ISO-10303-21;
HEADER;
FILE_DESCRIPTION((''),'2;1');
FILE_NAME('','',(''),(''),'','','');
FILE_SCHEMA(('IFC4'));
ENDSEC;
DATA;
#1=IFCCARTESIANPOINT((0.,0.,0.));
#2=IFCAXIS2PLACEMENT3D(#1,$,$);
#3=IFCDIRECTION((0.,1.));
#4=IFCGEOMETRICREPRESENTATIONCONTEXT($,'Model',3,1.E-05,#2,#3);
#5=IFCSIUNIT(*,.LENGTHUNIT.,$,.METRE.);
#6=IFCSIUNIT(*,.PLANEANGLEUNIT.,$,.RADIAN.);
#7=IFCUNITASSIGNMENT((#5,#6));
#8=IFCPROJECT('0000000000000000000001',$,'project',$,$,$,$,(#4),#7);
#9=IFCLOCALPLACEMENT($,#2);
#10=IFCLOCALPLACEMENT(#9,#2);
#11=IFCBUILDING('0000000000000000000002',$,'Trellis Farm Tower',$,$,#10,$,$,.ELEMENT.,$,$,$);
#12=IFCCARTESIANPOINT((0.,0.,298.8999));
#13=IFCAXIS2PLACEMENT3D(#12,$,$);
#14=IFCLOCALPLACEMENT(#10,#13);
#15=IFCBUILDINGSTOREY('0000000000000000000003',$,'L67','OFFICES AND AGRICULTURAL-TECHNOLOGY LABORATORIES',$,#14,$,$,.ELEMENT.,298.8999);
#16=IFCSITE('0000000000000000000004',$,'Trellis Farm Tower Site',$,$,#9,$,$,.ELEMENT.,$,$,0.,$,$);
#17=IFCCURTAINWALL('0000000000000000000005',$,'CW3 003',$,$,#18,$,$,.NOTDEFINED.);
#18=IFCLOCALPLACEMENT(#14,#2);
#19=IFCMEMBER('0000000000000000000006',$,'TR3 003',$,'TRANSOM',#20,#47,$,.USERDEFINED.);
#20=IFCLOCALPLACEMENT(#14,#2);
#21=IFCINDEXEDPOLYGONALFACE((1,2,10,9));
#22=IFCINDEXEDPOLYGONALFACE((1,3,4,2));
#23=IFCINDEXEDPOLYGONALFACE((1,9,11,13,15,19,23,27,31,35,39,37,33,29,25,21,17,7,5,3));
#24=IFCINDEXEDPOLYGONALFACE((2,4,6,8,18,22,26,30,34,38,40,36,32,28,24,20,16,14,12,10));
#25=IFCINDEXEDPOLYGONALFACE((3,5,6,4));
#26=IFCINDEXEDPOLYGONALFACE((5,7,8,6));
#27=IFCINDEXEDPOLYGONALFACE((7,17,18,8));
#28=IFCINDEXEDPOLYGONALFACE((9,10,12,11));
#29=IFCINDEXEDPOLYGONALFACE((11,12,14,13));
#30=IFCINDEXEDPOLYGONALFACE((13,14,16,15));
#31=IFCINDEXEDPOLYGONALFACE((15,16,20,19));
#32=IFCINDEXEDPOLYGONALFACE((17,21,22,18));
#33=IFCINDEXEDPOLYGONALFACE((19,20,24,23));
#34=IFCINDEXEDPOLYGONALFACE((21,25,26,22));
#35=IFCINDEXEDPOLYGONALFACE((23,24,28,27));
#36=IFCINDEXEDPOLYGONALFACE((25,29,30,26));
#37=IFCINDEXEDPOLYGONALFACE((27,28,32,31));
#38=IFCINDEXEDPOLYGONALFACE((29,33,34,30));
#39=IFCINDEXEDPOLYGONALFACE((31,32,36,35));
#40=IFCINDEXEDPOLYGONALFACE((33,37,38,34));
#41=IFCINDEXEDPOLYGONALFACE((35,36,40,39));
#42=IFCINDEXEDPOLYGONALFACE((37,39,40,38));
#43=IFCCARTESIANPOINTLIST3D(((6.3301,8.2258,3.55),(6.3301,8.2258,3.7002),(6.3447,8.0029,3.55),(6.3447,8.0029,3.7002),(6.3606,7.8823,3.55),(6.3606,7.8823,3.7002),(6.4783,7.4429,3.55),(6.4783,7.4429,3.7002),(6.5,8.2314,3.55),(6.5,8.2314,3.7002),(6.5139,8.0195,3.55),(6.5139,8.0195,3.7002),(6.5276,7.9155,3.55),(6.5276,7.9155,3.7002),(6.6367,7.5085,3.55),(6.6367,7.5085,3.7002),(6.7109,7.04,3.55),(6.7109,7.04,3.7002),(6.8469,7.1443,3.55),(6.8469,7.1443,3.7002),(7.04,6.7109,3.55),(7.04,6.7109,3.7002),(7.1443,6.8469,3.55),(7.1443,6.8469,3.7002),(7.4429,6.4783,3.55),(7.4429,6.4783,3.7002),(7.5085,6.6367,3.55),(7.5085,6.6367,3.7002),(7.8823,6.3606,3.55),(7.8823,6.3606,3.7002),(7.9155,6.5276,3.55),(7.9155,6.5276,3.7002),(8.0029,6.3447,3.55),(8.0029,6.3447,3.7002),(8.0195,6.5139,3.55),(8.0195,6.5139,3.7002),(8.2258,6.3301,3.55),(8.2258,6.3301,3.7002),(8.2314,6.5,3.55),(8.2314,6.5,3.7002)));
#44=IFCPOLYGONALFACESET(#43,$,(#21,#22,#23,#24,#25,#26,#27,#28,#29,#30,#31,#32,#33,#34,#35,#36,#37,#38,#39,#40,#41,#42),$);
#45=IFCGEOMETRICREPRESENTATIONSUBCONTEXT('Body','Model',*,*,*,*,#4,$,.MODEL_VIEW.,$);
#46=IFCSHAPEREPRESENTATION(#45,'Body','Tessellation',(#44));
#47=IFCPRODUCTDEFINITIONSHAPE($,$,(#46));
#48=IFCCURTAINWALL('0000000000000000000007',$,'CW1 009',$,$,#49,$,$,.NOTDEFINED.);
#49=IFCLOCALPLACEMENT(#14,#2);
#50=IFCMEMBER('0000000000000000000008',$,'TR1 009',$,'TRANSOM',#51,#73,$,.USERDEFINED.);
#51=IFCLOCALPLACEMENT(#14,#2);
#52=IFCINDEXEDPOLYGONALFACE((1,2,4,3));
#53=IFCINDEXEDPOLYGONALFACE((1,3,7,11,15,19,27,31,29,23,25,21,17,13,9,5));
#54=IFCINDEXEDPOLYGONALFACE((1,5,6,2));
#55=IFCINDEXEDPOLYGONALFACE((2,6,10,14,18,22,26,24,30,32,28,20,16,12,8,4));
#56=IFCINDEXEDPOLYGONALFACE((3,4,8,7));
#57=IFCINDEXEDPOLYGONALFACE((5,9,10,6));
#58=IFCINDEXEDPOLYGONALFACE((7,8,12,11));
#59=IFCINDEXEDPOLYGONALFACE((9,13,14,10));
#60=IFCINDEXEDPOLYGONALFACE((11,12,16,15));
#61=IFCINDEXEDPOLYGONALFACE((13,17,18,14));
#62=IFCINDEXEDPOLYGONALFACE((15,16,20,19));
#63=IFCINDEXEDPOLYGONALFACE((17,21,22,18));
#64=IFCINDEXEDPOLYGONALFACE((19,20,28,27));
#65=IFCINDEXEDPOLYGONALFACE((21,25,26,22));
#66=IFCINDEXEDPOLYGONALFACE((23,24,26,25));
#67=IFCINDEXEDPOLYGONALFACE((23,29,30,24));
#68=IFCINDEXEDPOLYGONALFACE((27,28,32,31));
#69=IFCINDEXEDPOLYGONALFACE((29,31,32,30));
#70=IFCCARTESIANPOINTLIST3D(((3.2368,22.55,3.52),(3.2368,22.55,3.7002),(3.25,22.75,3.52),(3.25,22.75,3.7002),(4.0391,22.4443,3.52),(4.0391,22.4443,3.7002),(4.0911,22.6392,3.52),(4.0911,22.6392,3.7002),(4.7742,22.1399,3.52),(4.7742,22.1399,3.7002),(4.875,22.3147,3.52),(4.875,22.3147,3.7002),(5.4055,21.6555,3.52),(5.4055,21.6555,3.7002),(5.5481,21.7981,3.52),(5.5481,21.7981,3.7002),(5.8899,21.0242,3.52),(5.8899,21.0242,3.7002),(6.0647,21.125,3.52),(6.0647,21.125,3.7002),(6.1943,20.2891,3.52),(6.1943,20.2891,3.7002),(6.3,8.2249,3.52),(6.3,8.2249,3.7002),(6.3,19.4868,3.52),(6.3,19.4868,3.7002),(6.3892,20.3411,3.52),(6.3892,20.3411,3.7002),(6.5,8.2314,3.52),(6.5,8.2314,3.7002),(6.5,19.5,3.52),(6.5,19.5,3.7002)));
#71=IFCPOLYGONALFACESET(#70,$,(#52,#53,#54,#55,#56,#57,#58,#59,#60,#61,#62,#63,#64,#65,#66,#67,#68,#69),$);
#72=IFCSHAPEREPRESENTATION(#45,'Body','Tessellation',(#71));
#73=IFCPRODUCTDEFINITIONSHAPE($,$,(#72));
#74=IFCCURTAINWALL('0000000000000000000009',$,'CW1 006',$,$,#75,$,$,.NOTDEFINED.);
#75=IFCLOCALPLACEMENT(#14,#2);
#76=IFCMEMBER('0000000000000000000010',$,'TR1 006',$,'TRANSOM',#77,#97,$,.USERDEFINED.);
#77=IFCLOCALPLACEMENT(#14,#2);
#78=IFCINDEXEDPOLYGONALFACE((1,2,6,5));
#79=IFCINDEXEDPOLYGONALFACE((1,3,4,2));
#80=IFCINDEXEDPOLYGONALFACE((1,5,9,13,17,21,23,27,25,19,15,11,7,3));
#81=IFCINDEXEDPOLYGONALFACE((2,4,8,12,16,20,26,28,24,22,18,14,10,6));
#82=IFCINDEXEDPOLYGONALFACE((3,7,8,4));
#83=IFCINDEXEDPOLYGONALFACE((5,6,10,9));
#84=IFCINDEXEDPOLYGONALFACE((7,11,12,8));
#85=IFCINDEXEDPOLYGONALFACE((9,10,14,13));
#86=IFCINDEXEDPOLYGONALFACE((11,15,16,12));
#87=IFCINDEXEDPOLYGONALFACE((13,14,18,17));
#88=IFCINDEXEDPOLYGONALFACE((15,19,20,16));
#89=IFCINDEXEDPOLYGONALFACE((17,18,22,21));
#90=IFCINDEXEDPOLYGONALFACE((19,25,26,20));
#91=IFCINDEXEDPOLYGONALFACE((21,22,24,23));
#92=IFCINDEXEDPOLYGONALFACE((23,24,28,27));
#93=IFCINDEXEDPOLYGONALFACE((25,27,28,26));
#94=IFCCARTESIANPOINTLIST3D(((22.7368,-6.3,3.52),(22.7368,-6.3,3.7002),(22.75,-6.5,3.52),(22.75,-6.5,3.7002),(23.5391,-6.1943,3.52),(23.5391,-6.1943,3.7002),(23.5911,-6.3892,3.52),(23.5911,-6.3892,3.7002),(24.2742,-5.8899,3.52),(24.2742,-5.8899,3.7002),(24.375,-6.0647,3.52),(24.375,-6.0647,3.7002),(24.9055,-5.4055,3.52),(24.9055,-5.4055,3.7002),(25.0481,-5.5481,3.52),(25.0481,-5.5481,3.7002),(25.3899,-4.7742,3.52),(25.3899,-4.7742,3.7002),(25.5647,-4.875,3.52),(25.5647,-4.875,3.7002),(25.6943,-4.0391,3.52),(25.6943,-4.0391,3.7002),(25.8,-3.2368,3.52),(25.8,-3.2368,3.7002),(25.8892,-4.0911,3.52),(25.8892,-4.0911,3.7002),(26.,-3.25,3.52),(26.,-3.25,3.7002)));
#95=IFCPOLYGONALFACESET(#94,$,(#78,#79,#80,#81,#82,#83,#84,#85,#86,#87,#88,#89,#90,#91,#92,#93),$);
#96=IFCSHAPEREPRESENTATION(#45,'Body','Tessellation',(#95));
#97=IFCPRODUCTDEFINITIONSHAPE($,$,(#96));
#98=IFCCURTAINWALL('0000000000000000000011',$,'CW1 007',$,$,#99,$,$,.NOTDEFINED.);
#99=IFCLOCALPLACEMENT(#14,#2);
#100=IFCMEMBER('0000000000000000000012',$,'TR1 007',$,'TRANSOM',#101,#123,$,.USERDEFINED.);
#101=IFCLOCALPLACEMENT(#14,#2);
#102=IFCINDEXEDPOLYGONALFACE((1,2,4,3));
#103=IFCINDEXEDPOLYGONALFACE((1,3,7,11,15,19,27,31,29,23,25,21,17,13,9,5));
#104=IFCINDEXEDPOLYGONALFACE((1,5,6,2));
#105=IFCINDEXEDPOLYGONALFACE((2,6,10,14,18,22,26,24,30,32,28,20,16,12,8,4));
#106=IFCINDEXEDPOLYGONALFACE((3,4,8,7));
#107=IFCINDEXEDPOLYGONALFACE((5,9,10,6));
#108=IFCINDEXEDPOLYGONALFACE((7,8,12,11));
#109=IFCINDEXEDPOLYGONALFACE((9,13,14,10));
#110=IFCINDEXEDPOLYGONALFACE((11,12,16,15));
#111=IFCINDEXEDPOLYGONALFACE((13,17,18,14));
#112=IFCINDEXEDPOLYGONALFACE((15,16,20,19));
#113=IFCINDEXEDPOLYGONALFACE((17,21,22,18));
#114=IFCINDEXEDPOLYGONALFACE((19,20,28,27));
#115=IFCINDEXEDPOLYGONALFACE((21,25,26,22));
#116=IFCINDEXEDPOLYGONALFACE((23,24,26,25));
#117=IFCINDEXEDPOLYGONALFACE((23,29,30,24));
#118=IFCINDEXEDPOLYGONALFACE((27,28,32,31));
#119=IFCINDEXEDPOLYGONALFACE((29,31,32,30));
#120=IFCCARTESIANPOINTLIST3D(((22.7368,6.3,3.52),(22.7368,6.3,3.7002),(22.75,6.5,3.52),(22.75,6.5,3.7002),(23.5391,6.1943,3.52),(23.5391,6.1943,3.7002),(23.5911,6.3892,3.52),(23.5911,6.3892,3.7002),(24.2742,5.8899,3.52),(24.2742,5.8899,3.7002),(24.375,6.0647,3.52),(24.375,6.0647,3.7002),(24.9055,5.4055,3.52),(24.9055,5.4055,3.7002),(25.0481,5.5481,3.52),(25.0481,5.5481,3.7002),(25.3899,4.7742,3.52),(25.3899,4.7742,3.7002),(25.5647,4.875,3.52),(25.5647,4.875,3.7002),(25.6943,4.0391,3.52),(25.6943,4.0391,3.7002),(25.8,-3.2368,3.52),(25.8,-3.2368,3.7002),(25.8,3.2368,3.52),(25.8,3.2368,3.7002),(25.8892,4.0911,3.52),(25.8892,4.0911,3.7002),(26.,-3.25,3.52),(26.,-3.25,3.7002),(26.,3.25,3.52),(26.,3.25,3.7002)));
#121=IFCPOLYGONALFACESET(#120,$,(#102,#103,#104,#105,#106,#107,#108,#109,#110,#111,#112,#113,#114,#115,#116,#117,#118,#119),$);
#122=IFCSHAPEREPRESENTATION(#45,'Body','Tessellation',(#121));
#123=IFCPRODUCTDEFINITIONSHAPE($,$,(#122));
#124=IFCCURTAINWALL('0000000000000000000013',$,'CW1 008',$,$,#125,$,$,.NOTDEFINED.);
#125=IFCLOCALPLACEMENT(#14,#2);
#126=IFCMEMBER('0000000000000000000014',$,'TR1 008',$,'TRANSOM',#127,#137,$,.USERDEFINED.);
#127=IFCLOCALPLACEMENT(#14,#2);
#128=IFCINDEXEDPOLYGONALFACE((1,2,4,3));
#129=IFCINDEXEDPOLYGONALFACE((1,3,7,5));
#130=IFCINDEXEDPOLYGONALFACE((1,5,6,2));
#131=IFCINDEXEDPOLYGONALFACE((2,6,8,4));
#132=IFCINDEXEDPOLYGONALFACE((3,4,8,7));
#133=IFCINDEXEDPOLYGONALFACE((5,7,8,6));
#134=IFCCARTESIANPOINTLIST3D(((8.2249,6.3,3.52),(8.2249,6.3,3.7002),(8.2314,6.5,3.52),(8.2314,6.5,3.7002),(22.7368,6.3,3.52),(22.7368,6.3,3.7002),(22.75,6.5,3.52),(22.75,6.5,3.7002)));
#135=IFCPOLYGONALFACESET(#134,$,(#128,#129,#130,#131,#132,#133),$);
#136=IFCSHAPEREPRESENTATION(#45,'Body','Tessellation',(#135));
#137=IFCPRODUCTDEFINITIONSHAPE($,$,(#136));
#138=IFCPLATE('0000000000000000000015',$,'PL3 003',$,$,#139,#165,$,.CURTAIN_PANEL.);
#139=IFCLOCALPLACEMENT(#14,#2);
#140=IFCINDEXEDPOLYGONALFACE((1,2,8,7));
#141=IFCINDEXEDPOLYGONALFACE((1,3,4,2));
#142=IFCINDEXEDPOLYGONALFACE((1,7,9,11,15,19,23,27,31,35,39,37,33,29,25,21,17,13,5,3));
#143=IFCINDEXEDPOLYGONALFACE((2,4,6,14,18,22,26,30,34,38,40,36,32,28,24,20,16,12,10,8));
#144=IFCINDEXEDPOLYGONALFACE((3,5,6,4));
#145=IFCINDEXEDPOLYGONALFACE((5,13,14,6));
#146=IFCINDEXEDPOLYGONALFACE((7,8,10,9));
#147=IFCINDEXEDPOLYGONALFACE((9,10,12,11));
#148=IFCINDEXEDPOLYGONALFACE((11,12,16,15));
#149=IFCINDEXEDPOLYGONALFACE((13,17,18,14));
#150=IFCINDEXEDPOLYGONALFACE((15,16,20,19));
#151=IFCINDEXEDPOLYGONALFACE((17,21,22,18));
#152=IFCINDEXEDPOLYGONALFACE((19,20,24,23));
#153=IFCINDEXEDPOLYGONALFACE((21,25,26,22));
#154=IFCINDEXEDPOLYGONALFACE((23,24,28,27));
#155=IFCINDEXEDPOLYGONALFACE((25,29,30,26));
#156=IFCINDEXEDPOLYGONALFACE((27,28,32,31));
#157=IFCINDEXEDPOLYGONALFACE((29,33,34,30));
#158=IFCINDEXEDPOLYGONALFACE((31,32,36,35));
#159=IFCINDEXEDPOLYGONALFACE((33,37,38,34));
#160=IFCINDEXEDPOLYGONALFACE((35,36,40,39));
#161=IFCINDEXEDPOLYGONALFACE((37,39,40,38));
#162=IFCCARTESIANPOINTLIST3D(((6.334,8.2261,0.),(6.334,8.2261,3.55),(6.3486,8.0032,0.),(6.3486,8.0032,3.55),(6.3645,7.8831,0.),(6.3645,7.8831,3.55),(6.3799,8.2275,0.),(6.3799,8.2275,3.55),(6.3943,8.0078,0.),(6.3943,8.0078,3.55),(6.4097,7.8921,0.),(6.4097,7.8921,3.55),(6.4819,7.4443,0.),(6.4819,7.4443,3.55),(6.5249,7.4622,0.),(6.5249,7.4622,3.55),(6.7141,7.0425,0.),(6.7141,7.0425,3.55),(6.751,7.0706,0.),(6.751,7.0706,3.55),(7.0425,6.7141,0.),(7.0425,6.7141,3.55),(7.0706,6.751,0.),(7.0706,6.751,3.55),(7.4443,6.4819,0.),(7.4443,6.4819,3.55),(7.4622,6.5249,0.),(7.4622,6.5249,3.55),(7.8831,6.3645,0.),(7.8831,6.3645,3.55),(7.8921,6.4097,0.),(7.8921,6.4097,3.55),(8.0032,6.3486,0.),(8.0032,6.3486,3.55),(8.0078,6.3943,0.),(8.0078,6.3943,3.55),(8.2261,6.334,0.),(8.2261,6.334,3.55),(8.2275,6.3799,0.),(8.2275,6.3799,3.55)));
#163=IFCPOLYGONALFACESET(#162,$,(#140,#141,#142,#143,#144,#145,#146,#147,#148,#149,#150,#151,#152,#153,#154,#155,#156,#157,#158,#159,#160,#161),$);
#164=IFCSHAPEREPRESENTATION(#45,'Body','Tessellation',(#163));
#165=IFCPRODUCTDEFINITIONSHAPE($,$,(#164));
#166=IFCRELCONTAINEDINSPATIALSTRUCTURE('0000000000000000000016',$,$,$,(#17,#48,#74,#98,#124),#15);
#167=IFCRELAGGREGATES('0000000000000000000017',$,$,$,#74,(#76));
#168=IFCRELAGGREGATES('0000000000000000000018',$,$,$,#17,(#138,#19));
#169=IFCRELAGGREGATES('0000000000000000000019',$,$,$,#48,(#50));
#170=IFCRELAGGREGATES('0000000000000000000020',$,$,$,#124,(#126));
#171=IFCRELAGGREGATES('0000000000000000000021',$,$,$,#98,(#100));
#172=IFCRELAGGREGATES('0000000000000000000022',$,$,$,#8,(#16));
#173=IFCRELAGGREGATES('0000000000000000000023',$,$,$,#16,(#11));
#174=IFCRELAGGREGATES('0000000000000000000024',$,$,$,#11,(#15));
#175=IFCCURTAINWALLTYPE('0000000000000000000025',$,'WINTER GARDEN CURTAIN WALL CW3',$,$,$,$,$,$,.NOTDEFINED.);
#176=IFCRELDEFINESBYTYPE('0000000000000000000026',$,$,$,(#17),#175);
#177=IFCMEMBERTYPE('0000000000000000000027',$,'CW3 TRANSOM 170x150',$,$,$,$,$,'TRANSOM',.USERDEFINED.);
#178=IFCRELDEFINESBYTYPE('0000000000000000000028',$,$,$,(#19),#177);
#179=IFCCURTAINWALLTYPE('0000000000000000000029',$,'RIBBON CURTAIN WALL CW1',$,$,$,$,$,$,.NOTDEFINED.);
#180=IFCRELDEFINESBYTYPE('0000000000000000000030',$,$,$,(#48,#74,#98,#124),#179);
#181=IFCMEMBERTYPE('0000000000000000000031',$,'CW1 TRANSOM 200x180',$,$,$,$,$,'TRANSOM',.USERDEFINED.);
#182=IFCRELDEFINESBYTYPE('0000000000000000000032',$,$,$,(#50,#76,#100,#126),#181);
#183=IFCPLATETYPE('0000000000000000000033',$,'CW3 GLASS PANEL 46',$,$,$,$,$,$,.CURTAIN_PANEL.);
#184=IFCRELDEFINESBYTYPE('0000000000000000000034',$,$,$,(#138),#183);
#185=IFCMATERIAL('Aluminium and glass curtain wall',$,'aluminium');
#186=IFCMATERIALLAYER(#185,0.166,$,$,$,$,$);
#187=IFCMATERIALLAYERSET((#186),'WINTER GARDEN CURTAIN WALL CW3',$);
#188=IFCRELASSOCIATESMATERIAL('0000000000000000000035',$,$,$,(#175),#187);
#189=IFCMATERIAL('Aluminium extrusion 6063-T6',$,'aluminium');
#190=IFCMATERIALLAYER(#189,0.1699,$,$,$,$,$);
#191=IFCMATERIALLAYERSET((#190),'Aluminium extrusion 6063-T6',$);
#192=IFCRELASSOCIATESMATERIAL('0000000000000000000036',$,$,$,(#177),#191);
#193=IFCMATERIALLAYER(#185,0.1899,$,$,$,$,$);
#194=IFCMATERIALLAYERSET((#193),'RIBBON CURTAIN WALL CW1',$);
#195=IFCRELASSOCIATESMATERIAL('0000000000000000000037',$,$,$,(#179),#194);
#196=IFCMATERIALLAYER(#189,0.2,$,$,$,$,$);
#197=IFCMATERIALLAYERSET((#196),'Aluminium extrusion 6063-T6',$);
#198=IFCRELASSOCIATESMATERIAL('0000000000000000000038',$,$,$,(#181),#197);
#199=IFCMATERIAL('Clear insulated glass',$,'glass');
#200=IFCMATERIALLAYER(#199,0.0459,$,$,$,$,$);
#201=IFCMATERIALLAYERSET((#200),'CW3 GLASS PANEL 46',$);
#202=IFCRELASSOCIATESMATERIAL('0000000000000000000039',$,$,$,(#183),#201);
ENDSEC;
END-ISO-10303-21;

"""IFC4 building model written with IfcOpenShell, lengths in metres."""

from ifc_helpers import new_model, si_unit, direction, frame, origin, place, context, subcontext, project, spatial, polyline, outline, extrude, source, transform, mapped, material, layer, layer_set, type_object, element, aggregate, save


model = new_model("IFC4")

# Units and contexts
model_context = context("Model", 3, precision=1e-05, world=origin(), true_north=direction((0.0, 1.0)))
body_context = subcontext(model_context, "Body", "Model", "MODEL_VIEW")
ifc_project = project(units=[si_unit("LENGTHUNIT", "METRE"), si_unit("PLANEANGLEUNIT", "RADIAN")], contexts=[model_context])

# Site, building, storey
site_placement = place(None, origin())
site = spatial("IfcSite", under=ifc_project, at=site_placement, Name="Trellis Farm Tower Site", CompositionType="ELEMENT", RefElevation=0.0)
building_placement = place(site_placement, origin())
building = spatial("IfcBuilding", under=site, at=building_placement, Name="Trellis Farm Tower", CompositionType="ELEMENT")
storey_placement = place(building_placement, frame((0.0, 0.0, 298.8999)))
storey = spatial("IfcBuildingStorey", under=building, at=storey_placement, Name="L67", Description="OFFICES AND AGRICULTURAL-TECHNOLOGY LABORATORIES", CompositionType="ELEMENT", Elevation=298.8999)

# Curtain walls, members
ifc_material_1 = material(Name="Aluminium and glass curtain wall", Category="aluminium")
ifc_layer_1 = layer(ifc_material_1, 0.166)
ifc_layer_set_1 = layer_set([ifc_layer_1], Name="WINTER GARDEN CURTAIN WALL CW3")
curtain_wall_type_1 = type_object("IfcCurtainWallType", Name="WINTER GARDEN CURTAIN WALL CW3", PredefinedType="NOTDEFINED", material=ifc_layer_set_1)
placement_1 = place(storey_placement, origin())
curtain_wall_1 = element("IfcCurtainWall", 1, at=placement_1, inside=storey, type_object=curtain_wall_type_1, Name="CW3 003", PredefinedType="NOTDEFINED")
ifc_material_2 = material(Name="Aluminium extrusion 6063-T6", Category="aluminium")
ifc_layer_2 = layer(ifc_material_2, 0.1699)
ifc_layer_set_2 = layer_set([ifc_layer_2], Name="Aluminium extrusion 6063-T6")
member_type_1 = type_object("IfcMemberType", Name="CW3 TRANSOM 170x150", ElementType="TRANSOM", PredefinedType="USERDEFINED", material=ifc_layer_set_2)
shared_shape_1 = source(origin(), body_context, "Body", "SweptSolid", [
    extrude(outline(polyline([(8.2314, 6.5), (8.0195, 6.5139), (7.9155, 6.5276), (7.5085, 6.6367), (7.1443, 6.8469), (6.8469, 7.1443), (6.6367, 7.5085), (6.5276, 7.9155), (6.5139, 8.0195), (6.5, 8.2314), (6.3301, 8.2258), (6.3447, 8.0029), (6.3606, 7.8823), (6.4783, 7.4429), (6.7109, 7.04), (7.04, 6.7109), (7.4429, 6.4783), (7.8823, 6.3606), (8.0029, 6.3447), (8.2258, 6.3301), (8.2314, 6.5)])), origin(), (0.0, 0.0, 1.0), 0.1501),
])
member_1_placement = place(storey_placement, frame((0.0, 0.0, 3.55)))
member_1 = element("IfcMember", 2, at=member_1_placement, type_object=member_type_1, Name="TR3 003", ObjectType="TRANSOM", PredefinedType="USERDEFINED", context=body_context, shape_type="MappedRepresentation", body=[
    mapped(shared_shape_1, transform((0.0, 0.0, 0.0))),
])
ifc_layer_3 = layer(ifc_material_1, 0.1899)
ifc_layer_set_3 = layer_set([ifc_layer_3], Name="RIBBON CURTAIN WALL CW1")
curtain_wall_type_2 = type_object("IfcCurtainWallType", Name="RIBBON CURTAIN WALL CW1", PredefinedType="NOTDEFINED", material=ifc_layer_set_3)
curtain_wall_2 = element("IfcCurtainWall", 3, at=placement_1, inside=storey, type_object=curtain_wall_type_2, Name="CW1 009", PredefinedType="NOTDEFINED")
ifc_layer_4 = layer(ifc_material_2, 0.2)
ifc_layer_set_4 = layer_set([ifc_layer_4], Name="Aluminium extrusion 6063-T6")
member_type_2 = type_object("IfcMemberType", Name="CW1 TRANSOM 200x180", ElementType="TRANSOM", PredefinedType="USERDEFINED", material=ifc_layer_set_4)
shared_shape_2 = source(origin(), body_context, "Body", "SweptSolid", [
    extrude(outline(polyline([(6.5, 8.2314), (6.5, 19.5), (6.3892, 20.3411), (6.0647, 21.125), (5.5481, 21.7981), (4.875, 22.3147), (4.0911, 22.6392), (3.25, 22.75), (3.2368, 22.55), (4.0391, 22.4443), (4.7742, 22.1399), (5.4055, 21.6555), (5.8899, 21.0242), (6.1943, 20.2891), (6.3, 19.4868), (6.3, 8.2249), (6.5, 8.2314)])), origin(), (0.0, 0.0, 1.0), 0.1802),
])
placement_2 = place(storey_placement, frame((0.0, 0.0, 3.52)))
member_2 = element("IfcMember", 4, at=placement_2, type_object=member_type_2, Name="TR1 009", ObjectType="TRANSOM", PredefinedType="USERDEFINED", context=body_context, shape_type="MappedRepresentation", body=[
    mapped(shared_shape_2, transform((0.0, 0.0, 0.0))),
])
curtain_wall_3 = element("IfcCurtainWall", 5, at=placement_1, inside=storey, type_object=curtain_wall_type_2, Name="CW1 006", PredefinedType="NOTDEFINED")
shared_shape_3 = source(origin(), body_context, "Body", "SweptSolid", [
    extrude(outline(polyline([(22.75, -6.5), (23.5911, -6.3892), (24.375, -6.0647), (25.0481, -5.5481), (25.5647, -4.875), (25.8892, -4.0911), (26.0, -3.25), (25.8, -3.2368), (25.6943, -4.0391), (25.3899, -4.7742), (24.9055, -5.4055), (24.2742, -5.8899), (23.5391, -6.1943), (22.7368, -6.3), (22.75, -6.5)])), origin(), (0.0, 0.0, 1.0), 0.1802),
])
member_3 = element("IfcMember", 6, at=placement_2, type_object=member_type_2, Name="TR1 006", ObjectType="TRANSOM", PredefinedType="USERDEFINED", context=body_context, shape_type="MappedRepresentation", body=[
    mapped(shared_shape_3, transform((0.0, 0.0, 0.0))),
])
aggregate(curtain_wall_3, [member_3])
curtain_wall_4 = element("IfcCurtainWall", 7, at=placement_1, inside=storey, type_object=curtain_wall_type_2, Name="CW1 007", PredefinedType="NOTDEFINED")
shared_shape_4 = source(origin(), body_context, "Body", "SweptSolid", [
    extrude(outline(polyline([(26.0, -3.25), (26.0, 3.25), (25.8892, 4.0911), (25.5647, 4.875), (25.0481, 5.5481), (24.375, 6.0647), (23.5911, 6.3892), (22.75, 6.5), (22.7368, 6.3), (23.5391, 6.1943), (24.2742, 5.8899), (24.9055, 5.4055), (25.3899, 4.7742), (25.6943, 4.0391), (25.8, 3.2368), (25.8, -3.2368), (26.0, -3.25)])), origin(), (0.0, 0.0, 1.0), 0.1802),
])
member_4 = element("IfcMember", 8, at=placement_2, type_object=member_type_2, Name="TR1 007", ObjectType="TRANSOM", PredefinedType="USERDEFINED", context=body_context, shape_type="MappedRepresentation", body=[
    mapped(shared_shape_4, transform((0.0, 0.0, 0.0))),
])
curtain_wall_5 = element("IfcCurtainWall", 9, at=placement_1, inside=storey, type_object=curtain_wall_type_2, Name="CW1 008", PredefinedType="NOTDEFINED")
shared_shape_5 = source(origin(), body_context, "Body", "SweptSolid", [
    extrude(outline(polyline([(22.75, 6.5), (8.2314, 6.5), (8.2249, 6.3), (22.7368, 6.3), (22.75, 6.5)])), origin(), (0.0, 0.0, 1.0), 0.1802),
])
member_5 = element("IfcMember", 10, at=placement_2, type_object=member_type_2, Name="TR1 008", ObjectType="TRANSOM", PredefinedType="USERDEFINED", context=body_context, shape_type="MappedRepresentation", body=[
    mapped(shared_shape_5, transform((0.0, 0.0, 0.0))),
])

# Plate
ifc_material_3 = material(Name="Clear insulated glass", Category="glass")
ifc_layer_5 = layer(ifc_material_3, 0.0459)
ifc_layer_set_5 = layer_set([ifc_layer_5], Name="CW3 GLASS PANEL 46")
plate_type_1 = type_object("IfcPlateType", Name="CW3 GLASS PANEL 46", PredefinedType="CURTAIN_PANEL", material=ifc_layer_set_5)
shared_shape_6 = source(origin(), body_context, "Body", "SweptSolid", [
    extrude(outline(polyline([(8.2275, 6.3799), (8.0078, 6.3943), (7.8921, 6.4097), (7.4622, 6.5249), (7.0706, 6.751), (6.751, 7.0706), (6.5249, 7.4622), (6.4097, 7.8921), (6.3943, 8.0078), (6.3799, 8.2275), (6.334, 8.2261), (6.3486, 8.0032), (6.3645, 7.8831), (6.4819, 7.4443), (6.7141, 7.0425), (7.0425, 6.7141), (7.4443, 6.4819), (7.8831, 6.3645), (8.0032, 6.3486), (8.2261, 6.334), (8.2275, 6.3799)])), origin(), (0.0, 0.0, 1.0), 3.55),
])
plate_1 = element("IfcPlate", 11, at=placement_1, type_object=plate_type_1, Name="PL3 003", PredefinedType="CURTAIN_PANEL", context=body_context, shape_type="MappedRepresentation", body=[
    mapped(shared_shape_6, transform((0.0, 0.0, 0.0))),
])
aggregate(curtain_wall_1, [plate_1, member_1])
aggregate(curtain_wall_2, [member_2])
aggregate(curtain_wall_5, [member_5])
aggregate(curtain_wall_4, [member_4])

save(model, "model.ifc")
